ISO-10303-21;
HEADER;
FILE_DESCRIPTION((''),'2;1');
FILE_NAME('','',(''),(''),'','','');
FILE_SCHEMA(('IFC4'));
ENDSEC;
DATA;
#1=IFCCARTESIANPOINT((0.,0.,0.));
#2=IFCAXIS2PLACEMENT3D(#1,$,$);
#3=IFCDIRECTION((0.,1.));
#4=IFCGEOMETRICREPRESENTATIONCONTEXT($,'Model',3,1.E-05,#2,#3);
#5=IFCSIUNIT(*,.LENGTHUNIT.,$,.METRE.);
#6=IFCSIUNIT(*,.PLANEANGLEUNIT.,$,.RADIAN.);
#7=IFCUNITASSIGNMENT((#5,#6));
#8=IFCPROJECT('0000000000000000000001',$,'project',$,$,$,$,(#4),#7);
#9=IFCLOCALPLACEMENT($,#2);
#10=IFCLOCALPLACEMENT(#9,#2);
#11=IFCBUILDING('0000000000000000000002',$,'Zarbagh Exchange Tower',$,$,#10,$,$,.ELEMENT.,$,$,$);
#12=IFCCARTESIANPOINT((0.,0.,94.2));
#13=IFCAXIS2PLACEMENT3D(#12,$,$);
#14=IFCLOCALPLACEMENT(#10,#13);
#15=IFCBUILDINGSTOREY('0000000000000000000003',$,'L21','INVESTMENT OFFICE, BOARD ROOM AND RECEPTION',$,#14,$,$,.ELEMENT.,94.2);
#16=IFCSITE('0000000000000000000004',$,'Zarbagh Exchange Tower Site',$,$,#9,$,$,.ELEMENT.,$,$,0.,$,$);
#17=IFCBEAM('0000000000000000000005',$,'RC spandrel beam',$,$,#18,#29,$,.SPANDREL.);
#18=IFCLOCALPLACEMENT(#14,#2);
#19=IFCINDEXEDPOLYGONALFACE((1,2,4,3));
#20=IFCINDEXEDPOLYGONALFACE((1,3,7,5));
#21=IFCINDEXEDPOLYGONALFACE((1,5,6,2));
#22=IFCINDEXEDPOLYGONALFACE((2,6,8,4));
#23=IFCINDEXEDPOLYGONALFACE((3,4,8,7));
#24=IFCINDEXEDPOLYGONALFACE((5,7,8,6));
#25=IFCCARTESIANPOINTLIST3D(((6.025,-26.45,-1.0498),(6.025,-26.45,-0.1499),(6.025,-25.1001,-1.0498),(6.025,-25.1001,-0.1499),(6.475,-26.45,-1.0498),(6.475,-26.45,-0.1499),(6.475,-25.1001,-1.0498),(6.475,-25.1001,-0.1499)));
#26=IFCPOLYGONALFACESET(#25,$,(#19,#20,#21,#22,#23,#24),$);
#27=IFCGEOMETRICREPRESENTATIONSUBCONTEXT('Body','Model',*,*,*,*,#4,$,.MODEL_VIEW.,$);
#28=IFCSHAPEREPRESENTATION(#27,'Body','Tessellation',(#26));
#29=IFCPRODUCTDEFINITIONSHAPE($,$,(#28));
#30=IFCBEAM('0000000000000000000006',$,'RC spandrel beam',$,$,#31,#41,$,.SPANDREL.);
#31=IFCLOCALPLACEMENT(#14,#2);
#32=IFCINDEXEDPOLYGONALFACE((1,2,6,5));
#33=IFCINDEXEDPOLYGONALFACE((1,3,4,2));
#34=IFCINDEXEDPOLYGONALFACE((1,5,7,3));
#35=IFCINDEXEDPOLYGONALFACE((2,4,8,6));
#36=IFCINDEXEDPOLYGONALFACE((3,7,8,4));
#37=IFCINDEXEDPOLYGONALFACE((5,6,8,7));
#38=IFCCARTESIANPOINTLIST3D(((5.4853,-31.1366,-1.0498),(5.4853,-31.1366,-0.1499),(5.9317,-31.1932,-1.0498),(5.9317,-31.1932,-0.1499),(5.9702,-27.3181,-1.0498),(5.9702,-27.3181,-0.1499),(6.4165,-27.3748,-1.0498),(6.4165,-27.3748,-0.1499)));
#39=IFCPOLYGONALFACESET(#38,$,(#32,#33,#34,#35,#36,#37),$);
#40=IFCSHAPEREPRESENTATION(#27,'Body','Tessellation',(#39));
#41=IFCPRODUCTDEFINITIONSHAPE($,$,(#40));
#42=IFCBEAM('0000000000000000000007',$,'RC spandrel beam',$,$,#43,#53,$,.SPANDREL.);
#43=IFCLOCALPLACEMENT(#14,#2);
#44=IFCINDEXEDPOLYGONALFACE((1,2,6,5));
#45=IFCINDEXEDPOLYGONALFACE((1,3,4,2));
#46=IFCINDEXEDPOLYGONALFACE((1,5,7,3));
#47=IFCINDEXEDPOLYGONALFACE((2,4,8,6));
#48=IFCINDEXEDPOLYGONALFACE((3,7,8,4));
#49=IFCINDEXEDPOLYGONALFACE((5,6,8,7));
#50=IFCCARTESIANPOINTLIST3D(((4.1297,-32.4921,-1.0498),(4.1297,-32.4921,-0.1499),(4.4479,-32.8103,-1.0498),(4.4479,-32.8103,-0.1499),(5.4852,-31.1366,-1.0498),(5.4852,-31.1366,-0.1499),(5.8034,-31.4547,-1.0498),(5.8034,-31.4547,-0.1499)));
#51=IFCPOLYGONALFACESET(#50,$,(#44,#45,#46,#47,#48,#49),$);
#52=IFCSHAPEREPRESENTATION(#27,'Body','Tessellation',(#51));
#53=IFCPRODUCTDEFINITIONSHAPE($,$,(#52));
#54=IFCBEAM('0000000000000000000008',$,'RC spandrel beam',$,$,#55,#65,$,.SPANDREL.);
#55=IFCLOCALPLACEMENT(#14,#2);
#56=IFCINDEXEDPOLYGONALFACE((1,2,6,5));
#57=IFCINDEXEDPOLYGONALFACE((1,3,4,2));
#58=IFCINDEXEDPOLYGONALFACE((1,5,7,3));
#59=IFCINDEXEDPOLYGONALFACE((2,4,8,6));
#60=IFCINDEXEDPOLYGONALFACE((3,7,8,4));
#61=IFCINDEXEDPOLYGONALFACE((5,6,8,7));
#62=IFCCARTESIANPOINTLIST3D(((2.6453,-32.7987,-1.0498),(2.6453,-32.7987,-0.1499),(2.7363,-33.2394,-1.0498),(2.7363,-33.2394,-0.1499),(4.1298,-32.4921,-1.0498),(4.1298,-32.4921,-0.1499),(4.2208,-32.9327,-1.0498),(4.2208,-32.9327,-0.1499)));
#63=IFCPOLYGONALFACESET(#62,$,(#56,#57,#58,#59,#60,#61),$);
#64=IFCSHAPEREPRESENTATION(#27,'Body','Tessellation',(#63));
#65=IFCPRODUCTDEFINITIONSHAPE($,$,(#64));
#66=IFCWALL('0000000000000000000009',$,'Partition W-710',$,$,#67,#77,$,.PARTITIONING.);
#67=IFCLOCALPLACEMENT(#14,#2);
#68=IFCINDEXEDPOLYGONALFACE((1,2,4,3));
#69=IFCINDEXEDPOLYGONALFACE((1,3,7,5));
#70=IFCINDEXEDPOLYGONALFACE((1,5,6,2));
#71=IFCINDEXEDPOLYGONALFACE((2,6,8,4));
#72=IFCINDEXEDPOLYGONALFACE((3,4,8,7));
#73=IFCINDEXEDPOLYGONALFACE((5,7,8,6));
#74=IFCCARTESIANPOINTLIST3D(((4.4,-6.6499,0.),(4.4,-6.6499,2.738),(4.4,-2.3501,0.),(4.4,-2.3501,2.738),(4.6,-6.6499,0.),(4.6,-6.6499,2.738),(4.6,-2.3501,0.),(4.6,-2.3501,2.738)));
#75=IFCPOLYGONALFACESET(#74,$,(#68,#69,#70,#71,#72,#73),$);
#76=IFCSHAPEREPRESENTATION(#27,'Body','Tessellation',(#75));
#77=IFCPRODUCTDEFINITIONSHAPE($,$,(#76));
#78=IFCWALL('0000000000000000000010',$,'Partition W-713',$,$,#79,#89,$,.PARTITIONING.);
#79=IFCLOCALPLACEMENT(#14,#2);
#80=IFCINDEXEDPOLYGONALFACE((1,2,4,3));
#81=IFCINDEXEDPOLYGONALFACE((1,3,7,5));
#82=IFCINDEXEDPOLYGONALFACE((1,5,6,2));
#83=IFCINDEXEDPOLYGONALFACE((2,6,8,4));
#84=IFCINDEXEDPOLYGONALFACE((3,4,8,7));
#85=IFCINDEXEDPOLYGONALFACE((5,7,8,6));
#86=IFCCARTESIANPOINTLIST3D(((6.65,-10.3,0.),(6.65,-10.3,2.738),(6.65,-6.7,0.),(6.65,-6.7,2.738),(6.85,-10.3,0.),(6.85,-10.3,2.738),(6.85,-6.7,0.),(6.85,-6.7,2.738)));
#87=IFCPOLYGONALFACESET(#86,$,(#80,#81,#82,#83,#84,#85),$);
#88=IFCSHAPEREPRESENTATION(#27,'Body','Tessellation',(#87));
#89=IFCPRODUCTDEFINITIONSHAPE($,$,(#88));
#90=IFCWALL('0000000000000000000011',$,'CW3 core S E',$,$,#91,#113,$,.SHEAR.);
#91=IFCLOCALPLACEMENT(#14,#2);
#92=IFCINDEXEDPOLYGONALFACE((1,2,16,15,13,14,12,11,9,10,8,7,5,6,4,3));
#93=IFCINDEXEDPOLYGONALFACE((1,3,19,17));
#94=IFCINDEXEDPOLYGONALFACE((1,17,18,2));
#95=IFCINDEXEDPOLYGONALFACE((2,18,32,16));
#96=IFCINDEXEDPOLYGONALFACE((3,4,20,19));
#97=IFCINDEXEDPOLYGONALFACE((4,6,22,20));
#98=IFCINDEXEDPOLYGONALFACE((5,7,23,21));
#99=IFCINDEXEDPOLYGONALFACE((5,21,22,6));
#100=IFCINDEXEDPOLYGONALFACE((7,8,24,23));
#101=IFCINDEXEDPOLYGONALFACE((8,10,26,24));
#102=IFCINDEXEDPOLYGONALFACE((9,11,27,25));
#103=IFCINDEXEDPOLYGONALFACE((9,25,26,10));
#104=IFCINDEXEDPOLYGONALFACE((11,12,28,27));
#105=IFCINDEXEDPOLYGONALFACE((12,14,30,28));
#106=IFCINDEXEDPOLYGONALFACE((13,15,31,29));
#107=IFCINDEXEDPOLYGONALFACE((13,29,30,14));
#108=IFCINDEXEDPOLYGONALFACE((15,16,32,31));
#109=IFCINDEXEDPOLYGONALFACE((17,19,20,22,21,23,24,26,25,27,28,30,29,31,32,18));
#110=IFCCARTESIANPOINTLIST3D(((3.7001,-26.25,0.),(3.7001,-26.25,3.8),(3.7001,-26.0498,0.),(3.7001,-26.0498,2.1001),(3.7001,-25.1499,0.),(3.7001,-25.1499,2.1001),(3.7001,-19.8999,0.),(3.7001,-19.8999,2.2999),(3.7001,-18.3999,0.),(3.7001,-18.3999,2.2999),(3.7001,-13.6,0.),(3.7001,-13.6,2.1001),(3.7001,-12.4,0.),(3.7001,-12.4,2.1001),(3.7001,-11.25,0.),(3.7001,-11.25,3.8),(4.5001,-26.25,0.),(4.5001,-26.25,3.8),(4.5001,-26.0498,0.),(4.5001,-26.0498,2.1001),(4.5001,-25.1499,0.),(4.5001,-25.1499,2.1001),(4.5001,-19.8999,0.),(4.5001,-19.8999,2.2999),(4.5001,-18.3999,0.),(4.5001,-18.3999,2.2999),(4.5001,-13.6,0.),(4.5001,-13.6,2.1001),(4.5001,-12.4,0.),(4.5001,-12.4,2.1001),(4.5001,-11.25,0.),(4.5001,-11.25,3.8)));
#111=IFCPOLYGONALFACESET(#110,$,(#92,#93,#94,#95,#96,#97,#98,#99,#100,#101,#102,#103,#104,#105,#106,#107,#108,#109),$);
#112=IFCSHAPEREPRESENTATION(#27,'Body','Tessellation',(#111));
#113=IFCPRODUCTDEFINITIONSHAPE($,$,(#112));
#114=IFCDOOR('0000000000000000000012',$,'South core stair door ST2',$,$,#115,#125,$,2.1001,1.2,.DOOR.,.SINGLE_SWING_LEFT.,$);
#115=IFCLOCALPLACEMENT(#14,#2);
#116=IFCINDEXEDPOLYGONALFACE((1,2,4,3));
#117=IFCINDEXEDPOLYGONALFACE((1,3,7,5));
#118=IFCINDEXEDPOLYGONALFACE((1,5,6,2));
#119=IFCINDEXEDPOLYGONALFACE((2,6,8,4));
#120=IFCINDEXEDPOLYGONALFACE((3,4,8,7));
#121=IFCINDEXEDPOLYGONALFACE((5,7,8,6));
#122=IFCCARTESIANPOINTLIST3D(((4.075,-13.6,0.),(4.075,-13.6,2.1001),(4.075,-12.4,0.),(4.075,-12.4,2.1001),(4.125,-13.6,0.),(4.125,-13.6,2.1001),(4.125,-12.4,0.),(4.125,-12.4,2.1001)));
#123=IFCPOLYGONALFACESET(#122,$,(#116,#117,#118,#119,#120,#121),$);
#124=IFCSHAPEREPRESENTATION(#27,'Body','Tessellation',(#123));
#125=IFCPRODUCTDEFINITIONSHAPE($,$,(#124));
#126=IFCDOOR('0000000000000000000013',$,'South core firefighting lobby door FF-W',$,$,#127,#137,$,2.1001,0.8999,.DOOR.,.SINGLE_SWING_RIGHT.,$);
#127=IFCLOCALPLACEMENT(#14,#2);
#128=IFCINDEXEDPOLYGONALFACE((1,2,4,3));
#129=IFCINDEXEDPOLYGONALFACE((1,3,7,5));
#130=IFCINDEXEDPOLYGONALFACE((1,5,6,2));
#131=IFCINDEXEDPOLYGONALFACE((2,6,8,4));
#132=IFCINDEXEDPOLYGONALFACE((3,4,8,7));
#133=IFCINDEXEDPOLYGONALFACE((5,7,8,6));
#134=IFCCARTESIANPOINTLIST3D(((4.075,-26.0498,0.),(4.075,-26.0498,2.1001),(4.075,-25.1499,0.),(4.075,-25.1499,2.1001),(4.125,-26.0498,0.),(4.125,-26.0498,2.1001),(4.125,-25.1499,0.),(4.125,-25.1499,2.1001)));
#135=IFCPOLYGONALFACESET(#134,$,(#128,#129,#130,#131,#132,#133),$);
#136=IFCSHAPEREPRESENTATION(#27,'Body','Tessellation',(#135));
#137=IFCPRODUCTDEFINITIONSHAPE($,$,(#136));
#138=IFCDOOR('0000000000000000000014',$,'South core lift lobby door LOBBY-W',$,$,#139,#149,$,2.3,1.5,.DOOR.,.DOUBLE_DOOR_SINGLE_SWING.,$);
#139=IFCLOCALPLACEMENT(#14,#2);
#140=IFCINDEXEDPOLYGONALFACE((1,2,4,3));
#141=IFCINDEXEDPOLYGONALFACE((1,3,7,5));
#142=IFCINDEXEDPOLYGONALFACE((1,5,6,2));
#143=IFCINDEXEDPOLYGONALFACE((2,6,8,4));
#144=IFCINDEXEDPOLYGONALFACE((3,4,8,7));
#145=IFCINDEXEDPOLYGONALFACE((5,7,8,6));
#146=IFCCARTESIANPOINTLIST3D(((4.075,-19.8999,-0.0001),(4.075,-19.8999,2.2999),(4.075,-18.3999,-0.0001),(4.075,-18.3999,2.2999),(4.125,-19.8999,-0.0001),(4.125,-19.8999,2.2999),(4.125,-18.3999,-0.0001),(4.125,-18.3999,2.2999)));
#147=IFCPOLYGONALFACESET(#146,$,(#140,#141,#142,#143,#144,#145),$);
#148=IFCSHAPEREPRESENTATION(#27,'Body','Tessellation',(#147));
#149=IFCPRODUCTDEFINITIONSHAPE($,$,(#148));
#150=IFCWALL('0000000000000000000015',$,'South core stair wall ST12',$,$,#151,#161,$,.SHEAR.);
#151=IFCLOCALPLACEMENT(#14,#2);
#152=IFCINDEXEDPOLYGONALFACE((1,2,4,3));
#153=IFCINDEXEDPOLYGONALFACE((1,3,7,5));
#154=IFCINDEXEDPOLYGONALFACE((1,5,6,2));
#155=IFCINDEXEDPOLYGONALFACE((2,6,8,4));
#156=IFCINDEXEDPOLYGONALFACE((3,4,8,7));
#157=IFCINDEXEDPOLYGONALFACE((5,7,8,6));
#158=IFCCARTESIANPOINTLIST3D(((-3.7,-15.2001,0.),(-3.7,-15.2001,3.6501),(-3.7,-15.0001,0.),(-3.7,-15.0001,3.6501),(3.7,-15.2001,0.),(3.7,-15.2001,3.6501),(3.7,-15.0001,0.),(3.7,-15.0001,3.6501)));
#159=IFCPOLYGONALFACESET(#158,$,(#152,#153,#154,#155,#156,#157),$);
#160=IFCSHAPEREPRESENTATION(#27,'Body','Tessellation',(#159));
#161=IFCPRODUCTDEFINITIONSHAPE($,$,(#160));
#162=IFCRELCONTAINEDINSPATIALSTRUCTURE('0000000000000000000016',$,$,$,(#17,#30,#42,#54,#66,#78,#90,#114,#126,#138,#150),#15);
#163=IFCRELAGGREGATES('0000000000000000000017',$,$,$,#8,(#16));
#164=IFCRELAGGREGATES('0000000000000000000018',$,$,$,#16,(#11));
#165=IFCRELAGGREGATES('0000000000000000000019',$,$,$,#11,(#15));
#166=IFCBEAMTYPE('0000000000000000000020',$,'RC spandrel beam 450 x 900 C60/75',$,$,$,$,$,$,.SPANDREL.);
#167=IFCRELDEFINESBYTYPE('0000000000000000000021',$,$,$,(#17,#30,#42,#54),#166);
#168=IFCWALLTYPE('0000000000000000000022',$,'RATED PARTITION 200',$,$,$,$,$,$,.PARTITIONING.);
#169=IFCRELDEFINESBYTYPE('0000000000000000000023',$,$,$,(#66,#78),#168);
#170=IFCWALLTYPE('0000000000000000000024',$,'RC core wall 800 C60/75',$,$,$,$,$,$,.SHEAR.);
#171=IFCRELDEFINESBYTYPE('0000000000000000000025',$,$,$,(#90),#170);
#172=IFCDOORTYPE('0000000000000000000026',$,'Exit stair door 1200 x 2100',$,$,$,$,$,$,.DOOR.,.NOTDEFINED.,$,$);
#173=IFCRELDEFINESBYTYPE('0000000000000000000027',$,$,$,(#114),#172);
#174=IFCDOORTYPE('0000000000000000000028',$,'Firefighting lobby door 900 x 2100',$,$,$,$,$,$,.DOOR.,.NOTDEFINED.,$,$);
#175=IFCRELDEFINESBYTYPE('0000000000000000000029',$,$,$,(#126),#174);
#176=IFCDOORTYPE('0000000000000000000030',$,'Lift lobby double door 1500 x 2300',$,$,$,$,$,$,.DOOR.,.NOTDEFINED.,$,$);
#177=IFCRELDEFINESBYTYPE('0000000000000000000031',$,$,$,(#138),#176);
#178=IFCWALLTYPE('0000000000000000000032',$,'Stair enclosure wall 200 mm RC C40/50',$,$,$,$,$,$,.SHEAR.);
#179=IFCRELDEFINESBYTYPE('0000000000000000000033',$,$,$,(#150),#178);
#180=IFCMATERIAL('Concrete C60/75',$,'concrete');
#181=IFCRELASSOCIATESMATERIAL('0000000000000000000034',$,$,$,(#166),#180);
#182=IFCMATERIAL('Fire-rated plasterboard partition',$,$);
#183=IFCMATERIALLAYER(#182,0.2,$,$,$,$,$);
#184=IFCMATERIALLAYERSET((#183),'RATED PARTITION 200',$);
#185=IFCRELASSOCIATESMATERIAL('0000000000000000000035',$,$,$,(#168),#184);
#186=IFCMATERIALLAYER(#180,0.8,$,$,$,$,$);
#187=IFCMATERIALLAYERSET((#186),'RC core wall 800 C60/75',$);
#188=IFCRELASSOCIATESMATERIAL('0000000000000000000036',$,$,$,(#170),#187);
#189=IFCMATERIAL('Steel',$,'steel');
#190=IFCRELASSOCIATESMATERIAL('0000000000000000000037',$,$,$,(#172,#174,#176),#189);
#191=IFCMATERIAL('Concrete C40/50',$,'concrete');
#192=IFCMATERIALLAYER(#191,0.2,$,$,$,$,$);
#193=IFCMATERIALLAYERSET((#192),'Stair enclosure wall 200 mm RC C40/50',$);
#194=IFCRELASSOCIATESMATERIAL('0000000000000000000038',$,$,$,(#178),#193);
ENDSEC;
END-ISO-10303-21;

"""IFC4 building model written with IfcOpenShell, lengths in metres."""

from ifc_helpers import new_model, si_unit, direction, frame, frame_2d, origin, origin_2d, place, context, subcontext, project, spatial, rectangle, extrude, material, layer, layer_set, material_profile, profile_set, type_object, element, fill, save


model = new_model("IFC4")

# Units and contexts
model_context = context("Model", 3, precision=1e-05, world=origin(), true_north=direction((0.0, 1.0)))
body_context = subcontext(model_context, "Body", "Model", "MODEL_VIEW")
ifc_project = project(units=[si_unit("LENGTHUNIT", "METRE"), si_unit("PLANEANGLEUNIT", "RADIAN")], contexts=[model_context])

# Site, building, storey
site_placement = place(None, origin())
site = spatial("IfcSite", under=ifc_project, at=site_placement, Name="Zarbagh Exchange Tower Site", CompositionType="ELEMENT", RefElevation=0.0)
building_placement = place(site_placement, origin())
building = spatial("IfcBuilding", under=site, at=building_placement, Name="Zarbagh Exchange Tower", CompositionType="ELEMENT")
storey_placement = place(building_placement, frame((0.0, 0.0, 94.2)))
storey = spatial("IfcBuildingStorey", under=building, at=storey_placement, Name="L21", Description="INVESTMENT OFFICE, BOARD ROOM AND RECEPTION", CompositionType="ELEMENT", Elevation=94.2)

# Shared definitions
ifc_material_1 = material(Name="Concrete C60/75", Category="concrete")

# Beams
ifc_material_profile_1 = material_profile(ifc_material_1, rectangle(XDim=0.45, YDim=0.8999, at=origin_2d()), Name="RC spandrel beam 450 x 900 C60/75")
ifc_profile_set_1 = profile_set([ifc_material_profile_1], Name="Concrete C60/75")
beam_type_1 = type_object("IfcBeamType", Name="RC spandrel beam 450 x 900 C60/75", PredefinedType="SPANDREL", material=ifc_profile_set_1)
beam_1_placement = place(storey_placement, frame((6.25, -25.1001, -0.5999), z_axis=(0.0, -1.0, 0.0), x_axis=(1.0, 0.0, 0.0)))
element("IfcBeam", 1, at=beam_1_placement, inside=storey, type_object=beam_type_1, Name="RC spandrel beam", PredefinedType="SPANDREL", context=body_context, shape_type="SweptSolid", body=[
    extrude(rectangle(XDim=0.45, YDim=0.8999, at=origin_2d()), origin(), (0.0, 0.0, 1.0), 1.3499),
])
beam_2_placement = place(storey_placement, frame((6.1934, -27.3464, -0.5999), z_axis=(-0.125971, -0.992034, 0.0), x_axis=(0.992034, -0.125971, 0.0)))
element("IfcBeam", 2, at=beam_2_placement, inside=storey, type_object=beam_type_1, Name="RC spandrel beam", PredefinedType="SPANDREL", context=body_context, shape_type="SweptSolid", body=[
    extrude(rectangle(XDim=0.45, YDim=0.8999, at=origin_2d()), origin(), (0.0, 0.0, 1.0), 3.8491),
])
beam_3_placement = place(storey_placement, frame((5.6443, -31.2957, -0.5999), z_axis=(-0.707107, -0.707107, 0.0), x_axis=(0.707107, -0.707107, 0.0)))
element("IfcBeam", 3, at=beam_3_placement, inside=storey, type_object=beam_type_1, Name="RC spandrel beam", PredefinedType="SPANDREL", context=body_context, shape_type="SweptSolid", body=[
    extrude(rectangle(XDim=0.45, YDim=0.8999, at=origin_2d()), origin(), (0.0, 0.0, 1.0), 1.917),
])
beam_4_placement = place(storey_placement, frame((4.1753, -32.7124, -0.5999), z_axis=(-0.979329, -0.202275, 0.0), x_axis=(0.202275, -0.979329, 0.0)))
element("IfcBeam", 4, at=beam_4_placement, inside=storey, type_object=beam_type_1, Name="RC spandrel beam", PredefinedType="SPANDREL", context=body_context, shape_type="SweptSolid", body=[
    extrude(rectangle(XDim=0.45, YDim=0.8999, at=origin_2d()), origin(), (0.0, 0.0, 1.0), 1.5159),
])

# Walls
ifc_material_2 = material(Name="Fire-rated plasterboard partition")
ifc_layer_1 = layer(ifc_material_2, 0.2)
ifc_layer_set_1 = layer_set([ifc_layer_1], Name="RATED PARTITION 200")
wall_type_1 = type_object("IfcWallType", Name="RATED PARTITION 200", PredefinedType="PARTITIONING", material=ifc_layer_set_1)
wall_1_placement = place(storey_placement, frame((4.5, -6.6499, 0.0), z_axis=(0.0, 0.0, 1.0), x_axis=(0.0, 1.0, 0.0)))
element("IfcWall", 5, at=wall_1_placement, inside=storey, type_object=wall_type_1, Name="Partition W-710", PredefinedType="PARTITIONING", context=body_context, shape_type="SweptSolid", body=[
    extrude(rectangle(XDim=4.2998, YDim=0.2, at=frame_2d((2.1499, 0.0))), origin(), (0.0, 0.0, 1.0), 2.738),
])
wall_2_placement = place(storey_placement, frame((6.75, -10.3, 0.0), z_axis=(0.0, 0.0, 1.0), x_axis=(0.0, 1.0, 0.0)))
element("IfcWall", 6, at=wall_2_placement, inside=storey, type_object=wall_type_1, Name="Partition W-713", PredefinedType="PARTITIONING", context=body_context, shape_type="SweptSolid", body=[
    extrude(rectangle(XDim=3.6001, YDim=0.2, at=frame_2d((1.8, 0.0))), origin(), (0.0, 0.0, 1.0), 2.738),
])

# Wall, openings, doors
ifc_layer_2 = layer(ifc_material_1, 0.8)
ifc_layer_set_2 = layer_set([ifc_layer_2], Name="RC core wall 800 C60/75")
wall_type_2 = type_object("IfcWallType", Name="RC core wall 800 C60/75", PredefinedType="SHEAR", material=ifc_layer_set_2)
wall_3_placement = place(storey_placement, frame((4.1001, -11.25, 0.0), z_axis=(0.0, 0.0, 1.0), x_axis=(0.0, -1.0, 0.0)))
wall_3 = element("IfcWall", 7, at=wall_3_placement, inside=storey, type_object=wall_type_2, Name="CW3 core S E", PredefinedType="SHEAR", context=body_context, shape_type="SweptSolid", body=[
    extrude(rectangle(XDim=15.0, YDim=0.8, at=frame_2d((7.5, 0.0))), origin(), (0.0, 0.0, 1.0), 3.8),
])
opening_1_placement = place(wall_3_placement, frame((7.1499, 0.0, 0.0)))
opening_1 = element("IfcOpeningElement", 8, at=opening_1_placement, cuts=wall_3, PredefinedType="OPENING", context=body_context, shape_type="SweptSolid", body=[
    extrude(rectangle(XDim=1.5, YDim=2.3, at=frame_2d((0.75, 1.1499))), frame((0.0, 0.4099, 0.0), z_axis=(0.0, -1.0, 0.0), x_axis=(1.0, 0.0, 0.0)), (0.0, 0.0, 1.0), 0.8201),
])
opening_2_placement = place(wall_3_placement, frame((13.8999, 0.0, 0.0)))
opening_2 = element("IfcOpeningElement", 9, at=opening_2_placement, cuts=wall_3, PredefinedType="OPENING", context=body_context, shape_type="SweptSolid", body=[
    extrude(rectangle(XDim=0.8999, YDim=2.1001, at=frame_2d((0.45, 1.05))), frame((0.0, 0.4099, 0.0), z_axis=(0.0, -1.0, 0.0), x_axis=(1.0, 0.0, 0.0)), (0.0, 0.0, 1.0), 0.8201),
])
opening_3_placement = place(wall_3_placement, frame((1.1499, 0.0, 0.0)))
opening_3 = element("IfcOpeningElement", 10, at=opening_3_placement, cuts=wall_3, PredefinedType="OPENING", context=body_context, shape_type="SweptSolid", body=[
    extrude(rectangle(XDim=1.2, YDim=2.1001, at=frame_2d((0.6001, 1.05))), frame((0.0, 0.4099, 0.0), z_axis=(0.0, -1.0, 0.0), x_axis=(1.0, 0.0, 0.0)), (0.0, 0.0, 1.0), 0.8201),
])
ifc_material_3 = material(Name="Steel", Category="steel")
door_type_1 = type_object("IfcDoorType", Name="Exit stair door 1200 x 2100", OperationType="NOTDEFINED", PredefinedType="DOOR", material=ifc_material_3)
door_1_placement = place(opening_3_placement, origin())
door_1 = element("IfcDoor", 11, at=door_1_placement, inside=storey, type_object=door_type_1, Name="South core stair door ST2", OperationType="SINGLE_SWING_LEFT", OverallHeight=2.1001, OverallWidth=1.2, PredefinedType="DOOR", context=body_context, shape_type="SweptSolid", body=[
    extrude(rectangle(XDim=1.2, YDim=2.1001, at=frame_2d((0.6001, 1.05))), frame((0.0, 0.0249, 0.0), z_axis=(0.0, -1.0, 0.0), x_axis=(1.0, 0.0, 0.0)), (0.0, 0.0, 1.0), 0.05),
])
fill(opening_3, door_1)
door_type_2 = type_object("IfcDoorType", Name="Firefighting lobby door 900 x 2100", OperationType="NOTDEFINED", PredefinedType="DOOR", material=ifc_material_3)
door_2_placement = place(opening_2_placement, origin())
door_2 = element("IfcDoor", 12, at=door_2_placement, inside=storey, type_object=door_type_2, Name="South core firefighting lobby door FF-W", OperationType="SINGLE_SWING_RIGHT", OverallHeight=2.1001, OverallWidth=0.8999, PredefinedType="DOOR", context=body_context, shape_type="SweptSolid", body=[
    extrude(rectangle(XDim=0.8999, YDim=2.1001, at=frame_2d((0.45, 1.05))), frame((0.0, 0.0249, 0.0), z_axis=(0.0, -1.0, 0.0), x_axis=(1.0, 0.0, 0.0)), (0.0, 0.0, 1.0), 0.05),
])
fill(opening_2, door_2)
door_type_3 = type_object("IfcDoorType", Name="Lift lobby double door 1500 x 2300", OperationType="NOTDEFINED", PredefinedType="DOOR", material=ifc_material_3)
door_3_placement = place(opening_1_placement, origin())
door_3 = element("IfcDoor", 13, at=door_3_placement, inside=storey, type_object=door_type_3, Name="South core lift lobby door LOBBY-W", OperationType="DOUBLE_DOOR_SINGLE_SWING", OverallHeight=2.3, OverallWidth=1.5, PredefinedType="DOOR", context=body_context, shape_type="SweptSolid", body=[
    extrude(rectangle(XDim=1.5, YDim=2.3, at=frame_2d((0.75, 1.1499))), frame((0.0, 0.0249, 0.0), z_axis=(0.0, -1.0, 0.0), x_axis=(1.0, 0.0, 0.0)), (0.0, 0.0, 1.0), 0.05),
])
fill(opening_1, door_3)

# Wall
ifc_material_4 = material(Name="Concrete C40/50", Category="concrete")
ifc_layer_3 = layer(ifc_material_4, 0.2)
ifc_layer_set_3 = layer_set([ifc_layer_3], Name="Stair enclosure wall 200 mm RC C40/50")
wall_type_3 = type_object("IfcWallType", Name="Stair enclosure wall 200 mm RC C40/50", PredefinedType="SHEAR", material=ifc_layer_set_3)
wall_4_placement = place(storey_placement, frame((3.7, -15.1001, 0.0), z_axis=(0.0, 0.0, 1.0), x_axis=(-1.0, 0.0, 0.0)))
element("IfcWall", 14, at=wall_4_placement, inside=storey, type_object=wall_type_3, Name="South core stair wall ST12", PredefinedType="SHEAR", context=body_context, shape_type="SweptSolid", body=[
    extrude(rectangle(XDim=7.3999, YDim=0.2, at=frame_2d((3.7, 0.0))), origin(), (0.0, 0.0, 1.0), 3.6501),
])

save(model, "model.ifc")
